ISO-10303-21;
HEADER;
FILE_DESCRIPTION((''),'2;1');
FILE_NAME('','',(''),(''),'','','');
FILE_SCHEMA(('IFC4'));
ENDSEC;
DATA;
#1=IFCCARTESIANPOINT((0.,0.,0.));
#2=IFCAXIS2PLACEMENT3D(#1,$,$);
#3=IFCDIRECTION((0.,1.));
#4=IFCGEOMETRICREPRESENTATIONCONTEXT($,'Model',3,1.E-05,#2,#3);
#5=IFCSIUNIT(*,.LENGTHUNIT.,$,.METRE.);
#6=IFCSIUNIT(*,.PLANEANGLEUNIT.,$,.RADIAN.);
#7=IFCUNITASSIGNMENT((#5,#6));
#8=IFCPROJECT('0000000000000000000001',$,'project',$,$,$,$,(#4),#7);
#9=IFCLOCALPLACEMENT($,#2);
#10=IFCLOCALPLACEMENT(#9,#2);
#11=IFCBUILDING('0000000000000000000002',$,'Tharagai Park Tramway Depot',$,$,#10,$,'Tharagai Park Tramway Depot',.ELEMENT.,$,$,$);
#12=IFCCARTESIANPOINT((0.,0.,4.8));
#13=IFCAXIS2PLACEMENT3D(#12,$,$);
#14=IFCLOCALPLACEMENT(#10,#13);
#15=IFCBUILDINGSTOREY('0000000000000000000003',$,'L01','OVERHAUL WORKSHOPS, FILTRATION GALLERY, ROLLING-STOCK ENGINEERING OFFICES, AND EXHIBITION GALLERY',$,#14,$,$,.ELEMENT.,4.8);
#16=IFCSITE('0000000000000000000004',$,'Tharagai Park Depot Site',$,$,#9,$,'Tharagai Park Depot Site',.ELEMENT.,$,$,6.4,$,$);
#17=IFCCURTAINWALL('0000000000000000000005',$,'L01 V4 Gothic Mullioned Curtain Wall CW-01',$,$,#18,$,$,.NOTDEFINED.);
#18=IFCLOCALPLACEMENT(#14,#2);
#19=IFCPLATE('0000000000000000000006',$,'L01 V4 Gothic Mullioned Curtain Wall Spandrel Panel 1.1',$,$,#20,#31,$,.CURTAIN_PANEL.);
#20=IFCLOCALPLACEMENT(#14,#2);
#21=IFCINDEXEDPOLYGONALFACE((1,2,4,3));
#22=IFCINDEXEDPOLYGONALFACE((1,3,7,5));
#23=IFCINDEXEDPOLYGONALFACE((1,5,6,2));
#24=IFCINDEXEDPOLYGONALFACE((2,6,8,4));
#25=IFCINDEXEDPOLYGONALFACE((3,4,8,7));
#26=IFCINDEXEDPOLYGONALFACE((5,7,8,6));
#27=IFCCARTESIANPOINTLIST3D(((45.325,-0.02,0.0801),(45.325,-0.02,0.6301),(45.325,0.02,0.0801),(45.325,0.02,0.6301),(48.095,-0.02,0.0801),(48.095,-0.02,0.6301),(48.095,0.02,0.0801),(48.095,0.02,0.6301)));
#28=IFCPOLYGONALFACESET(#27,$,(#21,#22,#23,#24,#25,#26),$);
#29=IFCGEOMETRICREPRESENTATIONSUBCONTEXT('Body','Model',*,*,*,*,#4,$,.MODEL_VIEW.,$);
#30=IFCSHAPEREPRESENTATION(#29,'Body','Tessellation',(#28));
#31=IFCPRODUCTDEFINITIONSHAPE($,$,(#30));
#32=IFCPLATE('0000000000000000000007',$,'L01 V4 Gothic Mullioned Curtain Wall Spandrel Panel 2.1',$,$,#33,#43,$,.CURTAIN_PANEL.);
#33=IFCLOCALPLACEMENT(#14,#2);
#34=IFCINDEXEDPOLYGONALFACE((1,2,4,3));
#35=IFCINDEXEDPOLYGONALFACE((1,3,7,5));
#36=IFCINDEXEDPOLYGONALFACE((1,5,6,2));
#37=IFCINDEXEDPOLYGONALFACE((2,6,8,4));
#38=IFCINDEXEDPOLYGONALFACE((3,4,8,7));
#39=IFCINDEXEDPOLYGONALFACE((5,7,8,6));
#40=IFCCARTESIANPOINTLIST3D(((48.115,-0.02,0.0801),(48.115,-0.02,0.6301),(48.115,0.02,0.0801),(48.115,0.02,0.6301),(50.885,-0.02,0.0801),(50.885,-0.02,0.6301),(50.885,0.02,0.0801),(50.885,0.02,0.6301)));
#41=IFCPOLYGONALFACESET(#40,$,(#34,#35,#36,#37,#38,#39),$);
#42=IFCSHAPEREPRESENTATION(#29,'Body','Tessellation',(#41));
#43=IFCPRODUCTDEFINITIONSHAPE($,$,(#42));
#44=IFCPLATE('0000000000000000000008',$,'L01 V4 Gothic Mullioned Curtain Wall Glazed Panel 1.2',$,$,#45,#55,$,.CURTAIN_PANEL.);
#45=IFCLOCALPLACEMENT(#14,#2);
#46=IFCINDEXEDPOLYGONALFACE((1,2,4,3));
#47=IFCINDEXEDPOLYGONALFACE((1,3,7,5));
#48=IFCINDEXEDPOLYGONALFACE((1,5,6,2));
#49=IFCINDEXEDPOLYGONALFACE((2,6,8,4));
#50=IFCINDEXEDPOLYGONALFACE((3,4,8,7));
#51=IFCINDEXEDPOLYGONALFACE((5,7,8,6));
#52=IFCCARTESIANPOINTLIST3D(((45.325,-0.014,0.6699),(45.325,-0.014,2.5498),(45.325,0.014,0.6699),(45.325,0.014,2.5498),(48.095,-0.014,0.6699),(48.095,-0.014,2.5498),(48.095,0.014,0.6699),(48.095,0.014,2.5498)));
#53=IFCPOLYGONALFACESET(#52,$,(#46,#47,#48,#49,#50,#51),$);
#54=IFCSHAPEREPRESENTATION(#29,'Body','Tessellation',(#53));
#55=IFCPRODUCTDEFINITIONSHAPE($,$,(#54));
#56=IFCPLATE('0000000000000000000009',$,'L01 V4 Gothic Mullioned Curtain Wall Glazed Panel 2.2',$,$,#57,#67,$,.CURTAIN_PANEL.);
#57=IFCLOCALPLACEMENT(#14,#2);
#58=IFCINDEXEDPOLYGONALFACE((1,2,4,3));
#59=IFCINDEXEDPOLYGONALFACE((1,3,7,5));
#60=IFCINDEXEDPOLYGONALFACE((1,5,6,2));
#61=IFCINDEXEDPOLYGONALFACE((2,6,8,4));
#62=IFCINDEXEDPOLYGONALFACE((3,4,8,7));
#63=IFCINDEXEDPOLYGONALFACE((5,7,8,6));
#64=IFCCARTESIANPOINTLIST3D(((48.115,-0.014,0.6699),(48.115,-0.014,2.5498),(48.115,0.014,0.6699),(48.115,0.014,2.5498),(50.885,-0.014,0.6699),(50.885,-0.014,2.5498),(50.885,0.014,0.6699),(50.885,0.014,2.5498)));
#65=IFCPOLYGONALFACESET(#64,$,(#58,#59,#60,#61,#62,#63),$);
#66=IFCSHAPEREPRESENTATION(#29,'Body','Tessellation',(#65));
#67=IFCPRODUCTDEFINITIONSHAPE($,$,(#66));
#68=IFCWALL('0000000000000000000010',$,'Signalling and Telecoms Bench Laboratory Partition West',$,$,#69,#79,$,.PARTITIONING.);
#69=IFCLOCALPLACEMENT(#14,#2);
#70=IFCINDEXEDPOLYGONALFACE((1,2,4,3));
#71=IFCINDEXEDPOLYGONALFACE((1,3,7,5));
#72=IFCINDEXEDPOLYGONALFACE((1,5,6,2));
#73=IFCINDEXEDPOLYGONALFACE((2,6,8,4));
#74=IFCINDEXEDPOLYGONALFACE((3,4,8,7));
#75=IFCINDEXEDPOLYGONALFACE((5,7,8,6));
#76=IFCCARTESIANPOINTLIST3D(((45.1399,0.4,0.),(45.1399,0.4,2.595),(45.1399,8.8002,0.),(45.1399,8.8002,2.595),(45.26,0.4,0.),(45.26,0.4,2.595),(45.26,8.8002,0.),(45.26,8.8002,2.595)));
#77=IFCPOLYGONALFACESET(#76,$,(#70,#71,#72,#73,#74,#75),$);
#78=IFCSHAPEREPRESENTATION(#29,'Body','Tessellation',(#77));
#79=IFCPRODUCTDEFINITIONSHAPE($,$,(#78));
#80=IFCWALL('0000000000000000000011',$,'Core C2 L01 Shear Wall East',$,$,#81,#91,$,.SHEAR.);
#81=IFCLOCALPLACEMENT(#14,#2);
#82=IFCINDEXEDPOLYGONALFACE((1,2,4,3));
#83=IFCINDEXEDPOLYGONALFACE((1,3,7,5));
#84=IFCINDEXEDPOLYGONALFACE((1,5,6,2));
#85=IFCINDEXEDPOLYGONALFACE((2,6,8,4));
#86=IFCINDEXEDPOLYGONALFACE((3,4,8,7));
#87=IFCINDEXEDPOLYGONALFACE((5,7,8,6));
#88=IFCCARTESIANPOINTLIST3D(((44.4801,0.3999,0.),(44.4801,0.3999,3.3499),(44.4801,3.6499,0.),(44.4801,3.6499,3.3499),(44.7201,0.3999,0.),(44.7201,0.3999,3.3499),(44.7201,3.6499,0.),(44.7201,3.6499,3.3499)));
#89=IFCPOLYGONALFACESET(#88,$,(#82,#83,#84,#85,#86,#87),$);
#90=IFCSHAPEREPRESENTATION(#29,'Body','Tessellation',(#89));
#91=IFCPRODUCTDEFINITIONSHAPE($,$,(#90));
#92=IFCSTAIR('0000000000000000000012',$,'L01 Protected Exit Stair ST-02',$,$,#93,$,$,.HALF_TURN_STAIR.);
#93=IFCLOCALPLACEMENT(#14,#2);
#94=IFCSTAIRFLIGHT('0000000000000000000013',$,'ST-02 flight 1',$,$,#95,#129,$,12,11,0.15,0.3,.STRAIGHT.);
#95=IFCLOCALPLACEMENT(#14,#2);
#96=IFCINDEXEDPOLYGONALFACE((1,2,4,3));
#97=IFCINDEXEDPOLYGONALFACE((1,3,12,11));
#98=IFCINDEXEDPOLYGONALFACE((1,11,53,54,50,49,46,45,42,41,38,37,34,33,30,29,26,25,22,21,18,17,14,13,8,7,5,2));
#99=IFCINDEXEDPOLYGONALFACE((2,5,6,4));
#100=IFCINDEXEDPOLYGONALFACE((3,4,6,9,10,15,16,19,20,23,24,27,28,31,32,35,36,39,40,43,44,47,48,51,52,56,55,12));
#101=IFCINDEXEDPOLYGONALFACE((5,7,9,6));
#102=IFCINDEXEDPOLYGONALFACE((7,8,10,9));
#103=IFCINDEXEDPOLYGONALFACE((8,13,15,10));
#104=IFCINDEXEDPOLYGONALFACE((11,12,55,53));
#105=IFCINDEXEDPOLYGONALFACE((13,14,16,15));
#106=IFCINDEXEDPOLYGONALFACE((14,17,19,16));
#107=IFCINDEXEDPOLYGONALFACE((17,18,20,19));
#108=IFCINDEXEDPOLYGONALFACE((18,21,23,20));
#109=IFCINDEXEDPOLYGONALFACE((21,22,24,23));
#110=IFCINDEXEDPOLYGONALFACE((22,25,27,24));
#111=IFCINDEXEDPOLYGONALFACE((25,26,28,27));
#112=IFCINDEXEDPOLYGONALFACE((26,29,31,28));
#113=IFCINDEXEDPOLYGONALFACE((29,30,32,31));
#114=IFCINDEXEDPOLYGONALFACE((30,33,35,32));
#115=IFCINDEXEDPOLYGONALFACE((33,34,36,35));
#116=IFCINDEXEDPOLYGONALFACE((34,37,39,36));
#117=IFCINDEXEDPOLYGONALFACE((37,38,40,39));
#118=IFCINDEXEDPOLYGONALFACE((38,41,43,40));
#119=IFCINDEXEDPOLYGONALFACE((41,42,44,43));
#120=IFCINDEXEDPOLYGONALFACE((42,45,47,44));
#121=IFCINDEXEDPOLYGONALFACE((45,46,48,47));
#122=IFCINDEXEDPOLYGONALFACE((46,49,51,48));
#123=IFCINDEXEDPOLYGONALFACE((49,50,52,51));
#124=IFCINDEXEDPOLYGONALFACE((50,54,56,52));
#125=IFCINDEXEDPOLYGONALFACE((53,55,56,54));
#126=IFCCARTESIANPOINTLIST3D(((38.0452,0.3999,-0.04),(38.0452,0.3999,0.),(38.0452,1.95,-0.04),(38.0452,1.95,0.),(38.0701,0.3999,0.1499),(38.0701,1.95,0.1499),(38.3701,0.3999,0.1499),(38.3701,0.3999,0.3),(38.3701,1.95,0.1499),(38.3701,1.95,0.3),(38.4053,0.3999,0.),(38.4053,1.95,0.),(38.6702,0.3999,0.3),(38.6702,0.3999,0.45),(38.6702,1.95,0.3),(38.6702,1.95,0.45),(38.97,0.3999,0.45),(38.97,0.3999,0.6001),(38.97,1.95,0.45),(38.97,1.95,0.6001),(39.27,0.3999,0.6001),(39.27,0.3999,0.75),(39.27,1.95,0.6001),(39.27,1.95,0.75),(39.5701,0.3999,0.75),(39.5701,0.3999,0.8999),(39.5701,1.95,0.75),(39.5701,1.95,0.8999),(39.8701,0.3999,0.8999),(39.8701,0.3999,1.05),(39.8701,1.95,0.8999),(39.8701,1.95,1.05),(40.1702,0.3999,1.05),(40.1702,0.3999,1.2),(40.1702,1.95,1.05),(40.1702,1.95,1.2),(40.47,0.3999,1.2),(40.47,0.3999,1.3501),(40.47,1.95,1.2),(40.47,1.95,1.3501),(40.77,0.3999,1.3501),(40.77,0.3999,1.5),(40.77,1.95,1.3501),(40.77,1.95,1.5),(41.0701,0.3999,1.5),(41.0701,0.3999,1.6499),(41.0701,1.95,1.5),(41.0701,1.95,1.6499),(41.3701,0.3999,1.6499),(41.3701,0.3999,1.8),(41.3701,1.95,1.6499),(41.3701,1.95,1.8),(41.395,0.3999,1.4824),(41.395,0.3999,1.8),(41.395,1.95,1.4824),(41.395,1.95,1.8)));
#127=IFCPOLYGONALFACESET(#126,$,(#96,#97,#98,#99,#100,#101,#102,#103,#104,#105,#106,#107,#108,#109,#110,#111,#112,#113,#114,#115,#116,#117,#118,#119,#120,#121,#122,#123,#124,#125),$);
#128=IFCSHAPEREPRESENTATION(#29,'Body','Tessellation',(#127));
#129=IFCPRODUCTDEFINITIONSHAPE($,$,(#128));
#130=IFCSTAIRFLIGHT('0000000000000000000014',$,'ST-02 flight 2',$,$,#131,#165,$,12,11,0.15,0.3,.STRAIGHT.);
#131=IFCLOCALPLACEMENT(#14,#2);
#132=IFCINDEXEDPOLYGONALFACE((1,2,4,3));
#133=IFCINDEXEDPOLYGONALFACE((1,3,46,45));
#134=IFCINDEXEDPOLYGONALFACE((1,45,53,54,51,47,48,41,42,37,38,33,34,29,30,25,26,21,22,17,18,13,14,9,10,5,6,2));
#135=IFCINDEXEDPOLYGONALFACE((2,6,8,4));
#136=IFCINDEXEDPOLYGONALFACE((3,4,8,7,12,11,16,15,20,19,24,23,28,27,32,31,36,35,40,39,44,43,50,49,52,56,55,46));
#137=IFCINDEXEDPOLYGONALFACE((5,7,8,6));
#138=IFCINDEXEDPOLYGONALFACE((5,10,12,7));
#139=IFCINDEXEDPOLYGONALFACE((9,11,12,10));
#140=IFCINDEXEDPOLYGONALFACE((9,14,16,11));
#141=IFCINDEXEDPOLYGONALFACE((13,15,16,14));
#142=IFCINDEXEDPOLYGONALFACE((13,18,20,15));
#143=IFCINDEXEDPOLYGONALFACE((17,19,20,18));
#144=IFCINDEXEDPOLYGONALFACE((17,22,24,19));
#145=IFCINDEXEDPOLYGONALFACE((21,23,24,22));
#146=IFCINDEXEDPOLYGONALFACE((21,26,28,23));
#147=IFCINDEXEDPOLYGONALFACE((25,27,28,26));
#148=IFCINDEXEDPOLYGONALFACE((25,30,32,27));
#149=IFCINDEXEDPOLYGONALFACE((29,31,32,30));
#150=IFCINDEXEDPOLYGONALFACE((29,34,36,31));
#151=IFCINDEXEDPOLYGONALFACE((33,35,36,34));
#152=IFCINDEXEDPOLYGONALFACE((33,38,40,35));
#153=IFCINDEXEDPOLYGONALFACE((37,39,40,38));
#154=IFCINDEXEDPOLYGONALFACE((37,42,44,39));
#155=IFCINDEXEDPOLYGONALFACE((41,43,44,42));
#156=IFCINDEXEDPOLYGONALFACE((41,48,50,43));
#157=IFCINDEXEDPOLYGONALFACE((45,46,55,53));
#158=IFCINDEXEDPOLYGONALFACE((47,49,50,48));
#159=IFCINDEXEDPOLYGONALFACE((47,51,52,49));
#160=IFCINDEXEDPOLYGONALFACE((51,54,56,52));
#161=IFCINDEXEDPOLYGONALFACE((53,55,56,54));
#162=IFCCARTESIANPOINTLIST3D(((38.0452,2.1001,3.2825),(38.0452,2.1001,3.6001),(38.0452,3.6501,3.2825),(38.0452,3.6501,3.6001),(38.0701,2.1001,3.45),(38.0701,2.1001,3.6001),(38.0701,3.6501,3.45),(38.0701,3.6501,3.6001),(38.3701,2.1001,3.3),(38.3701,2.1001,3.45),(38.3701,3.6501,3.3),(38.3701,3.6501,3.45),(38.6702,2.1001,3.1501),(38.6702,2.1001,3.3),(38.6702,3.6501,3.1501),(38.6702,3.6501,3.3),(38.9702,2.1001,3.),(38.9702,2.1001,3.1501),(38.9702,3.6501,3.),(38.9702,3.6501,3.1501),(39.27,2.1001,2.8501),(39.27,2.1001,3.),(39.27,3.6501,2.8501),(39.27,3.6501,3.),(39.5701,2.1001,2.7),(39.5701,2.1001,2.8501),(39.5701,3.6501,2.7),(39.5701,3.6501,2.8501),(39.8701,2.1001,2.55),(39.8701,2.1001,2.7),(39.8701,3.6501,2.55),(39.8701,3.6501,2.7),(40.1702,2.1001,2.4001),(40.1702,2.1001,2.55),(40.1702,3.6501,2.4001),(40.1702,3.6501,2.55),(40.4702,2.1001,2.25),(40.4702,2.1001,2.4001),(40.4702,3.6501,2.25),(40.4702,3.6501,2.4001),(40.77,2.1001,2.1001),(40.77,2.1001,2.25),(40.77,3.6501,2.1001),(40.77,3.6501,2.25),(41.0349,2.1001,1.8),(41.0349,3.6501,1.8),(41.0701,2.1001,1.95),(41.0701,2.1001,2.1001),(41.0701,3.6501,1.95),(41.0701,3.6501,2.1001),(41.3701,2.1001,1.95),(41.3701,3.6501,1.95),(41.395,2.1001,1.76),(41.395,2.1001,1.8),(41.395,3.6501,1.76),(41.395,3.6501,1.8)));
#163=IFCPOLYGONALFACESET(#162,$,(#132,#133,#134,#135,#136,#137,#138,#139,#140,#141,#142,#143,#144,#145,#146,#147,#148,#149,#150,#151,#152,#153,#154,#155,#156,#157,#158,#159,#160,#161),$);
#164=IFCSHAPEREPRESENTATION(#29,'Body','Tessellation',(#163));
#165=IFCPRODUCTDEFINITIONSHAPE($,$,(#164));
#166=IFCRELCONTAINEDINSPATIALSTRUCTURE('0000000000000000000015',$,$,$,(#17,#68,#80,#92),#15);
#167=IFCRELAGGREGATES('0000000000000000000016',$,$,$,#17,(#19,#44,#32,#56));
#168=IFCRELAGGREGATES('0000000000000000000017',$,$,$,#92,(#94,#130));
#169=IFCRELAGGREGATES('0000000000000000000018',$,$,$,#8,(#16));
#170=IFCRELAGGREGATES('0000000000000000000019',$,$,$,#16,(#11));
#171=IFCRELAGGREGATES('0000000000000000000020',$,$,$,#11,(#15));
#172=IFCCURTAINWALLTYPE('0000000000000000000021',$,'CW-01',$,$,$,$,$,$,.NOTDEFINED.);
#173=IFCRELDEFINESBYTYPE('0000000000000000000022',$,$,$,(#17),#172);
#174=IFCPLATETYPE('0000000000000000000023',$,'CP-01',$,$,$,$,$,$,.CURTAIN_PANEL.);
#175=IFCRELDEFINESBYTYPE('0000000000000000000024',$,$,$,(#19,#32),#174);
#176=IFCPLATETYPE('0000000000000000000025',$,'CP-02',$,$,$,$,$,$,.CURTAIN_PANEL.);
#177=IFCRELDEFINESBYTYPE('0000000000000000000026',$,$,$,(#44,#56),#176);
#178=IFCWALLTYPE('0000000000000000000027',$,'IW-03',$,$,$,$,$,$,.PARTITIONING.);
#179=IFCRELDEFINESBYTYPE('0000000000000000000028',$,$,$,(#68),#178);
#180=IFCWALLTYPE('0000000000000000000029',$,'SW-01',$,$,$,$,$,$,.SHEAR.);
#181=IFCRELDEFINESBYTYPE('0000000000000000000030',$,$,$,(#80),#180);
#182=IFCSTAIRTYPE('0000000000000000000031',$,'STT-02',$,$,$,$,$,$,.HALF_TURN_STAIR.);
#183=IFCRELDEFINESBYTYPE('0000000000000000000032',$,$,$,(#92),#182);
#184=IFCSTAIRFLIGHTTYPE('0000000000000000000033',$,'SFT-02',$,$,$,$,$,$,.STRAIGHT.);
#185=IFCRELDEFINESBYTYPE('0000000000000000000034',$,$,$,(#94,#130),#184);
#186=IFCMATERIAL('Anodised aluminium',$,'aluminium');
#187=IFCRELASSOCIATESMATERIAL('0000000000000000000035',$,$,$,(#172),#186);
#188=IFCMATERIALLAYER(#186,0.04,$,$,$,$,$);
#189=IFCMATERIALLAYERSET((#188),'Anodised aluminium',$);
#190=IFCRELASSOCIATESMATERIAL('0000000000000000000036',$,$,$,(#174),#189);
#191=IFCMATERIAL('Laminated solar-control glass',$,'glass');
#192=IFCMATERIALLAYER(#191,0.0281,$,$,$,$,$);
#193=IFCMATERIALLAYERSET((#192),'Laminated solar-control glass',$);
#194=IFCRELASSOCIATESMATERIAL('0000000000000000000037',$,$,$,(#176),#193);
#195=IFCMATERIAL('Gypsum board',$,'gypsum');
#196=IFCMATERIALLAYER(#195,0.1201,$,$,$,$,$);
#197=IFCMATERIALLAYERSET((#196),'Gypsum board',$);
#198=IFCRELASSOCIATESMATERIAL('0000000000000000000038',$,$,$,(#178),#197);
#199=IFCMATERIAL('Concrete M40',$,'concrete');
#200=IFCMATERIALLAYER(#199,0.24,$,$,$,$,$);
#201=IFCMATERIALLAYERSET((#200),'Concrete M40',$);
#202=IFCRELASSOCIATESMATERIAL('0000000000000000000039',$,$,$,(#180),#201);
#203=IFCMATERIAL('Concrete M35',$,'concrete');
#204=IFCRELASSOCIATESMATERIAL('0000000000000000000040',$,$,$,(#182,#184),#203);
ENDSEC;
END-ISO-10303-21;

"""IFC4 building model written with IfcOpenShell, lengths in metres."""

from ifc_helpers import new_model, si_unit, direction, frame, frame_2d, origin, origin_2d, place, context, subcontext, project, spatial, polyline, rectangle, outline, extrude, material, layer, layer_set, type_object, element, aggregate, save


model = new_model("IFC4")

# Units and contexts
model_context = context("Model", 3, precision=1e-05, world=origin(), true_north=direction((0.0, 1.0)))
body_context = subcontext(model_context, "Body", "Model", "MODEL_VIEW")
ifc_project = project(units=[si_unit("LENGTHUNIT", "METRE"), si_unit("PLANEANGLEUNIT", "RADIAN")], contexts=[model_context])

# Site, building, storey
site_placement = place(None, origin())
site = spatial("IfcSite", under=ifc_project, at=site_placement, Name="Tharagai Park Depot Site", LongName="Tharagai Park Depot Site", CompositionType="ELEMENT", RefElevation=6.4)
building_placement = place(site_placement, origin())
building = spatial("IfcBuilding", under=site, at=building_placement, Name="Tharagai Park Tramway Depot", LongName="Tharagai Park Tramway Depot", CompositionType="ELEMENT")
storey_placement = place(building_placement, frame((0.0, 0.0, 4.8)))
storey = spatial("IfcBuildingStorey", under=building, at=storey_placement, Name="L01", Description="OVERHAUL WORKSHOPS, FILTRATION GALLERY, ROLLING-STOCK ENGINEERING OFFICES, AND EXHIBITION GALLERY", CompositionType="ELEMENT", Elevation=4.8)

# Shared definitions
ifc_material_1 = material(Name="Concrete M40", Category="concrete")

# Shared definitions
ifc_material_2 = material(Name="Concrete M35", Category="concrete")

# Curtain wall
ifc_material_3 = material(Name="Anodised aluminium", Category="aluminium")
curtain_wall_type = type_object("IfcCurtainWallType", Name="CW-01", PredefinedType="NOTDEFINED", material=ifc_material_3)
curtain_wall_placement = place(storey_placement, origin())
curtain_wall = element("IfcCurtainWall", 1, at=curtain_wall_placement, inside=storey, type_object=curtain_wall_type, Name="L01 V4 Gothic Mullioned Curtain Wall CW-01", PredefinedType="NOTDEFINED")

# Plates
ifc_layer_1 = layer(ifc_material_3, 0.04)
ifc_layer_set_1 = layer_set([ifc_layer_1], Name="Anodised aluminium")
plate_type_1 = type_object("IfcPlateType", Name="CP-01", PredefinedType="CURTAIN_PANEL", material=ifc_layer_set_1)
plate_1_placement = place(storey_placement, frame((46.71, 0.0, 0.0801), z_axis=(0.0, 0.0, 1.0), x_axis=(1.0, 0.0, 0.0)))
plate_1 = element("IfcPlate", 2, at=plate_1_placement, type_object=plate_type_1, Name="L01 V4 Gothic Mullioned Curtain Wall Spandrel Panel 1.1", PredefinedType="CURTAIN_PANEL", context=body_context, shape_type="SweptSolid", body=[
    extrude(rectangle(XDim=2.77, YDim=0.04, at=origin_2d()), origin(), (0.0, 0.0, 1.0), 0.55),
])
plate_2_placement = place(storey_placement, frame((49.5, 0.0, 0.0801), z_axis=(0.0, 0.0, 1.0), x_axis=(1.0, 0.0, 0.0)))
plate_2 = element("IfcPlate", 3, at=plate_2_placement, type_object=plate_type_1, Name="L01 V4 Gothic Mullioned Curtain Wall Spandrel Panel 2.1", PredefinedType="CURTAIN_PANEL", context=body_context, shape_type="SweptSolid", body=[
    extrude(rectangle(XDim=2.77, YDim=0.04, at=origin_2d()), origin(), (0.0, 0.0, 1.0), 0.55),
])
ifc_material_4 = material(Name="Laminated solar-control glass", Category="glass")
ifc_layer_2 = layer(ifc_material_4, 0.0281)
ifc_layer_set_2 = layer_set([ifc_layer_2], Name="Laminated solar-control glass")
plate_type_2 = type_object("IfcPlateType", Name="CP-02", PredefinedType="CURTAIN_PANEL", material=ifc_layer_set_2)
plate_3_placement = place(storey_placement, frame((46.71, 0.0, 0.6699), z_axis=(0.0, 0.0, 1.0), x_axis=(1.0, 0.0, 0.0)))
plate_3 = element("IfcPlate", 4, at=plate_3_placement, type_object=plate_type_2, Name="L01 V4 Gothic Mullioned Curtain Wall Glazed Panel 1.2", PredefinedType="CURTAIN_PANEL", context=body_context, shape_type="SweptSolid", body=[
    extrude(rectangle(XDim=2.77, YDim=0.0281, at=origin_2d()), origin(), (0.0, 0.0, 1.0), 1.8799),
])
plate_4_placement = place(storey_placement, frame((49.5, 0.0, 0.6699), z_axis=(0.0, 0.0, 1.0), x_axis=(1.0, 0.0, 0.0)))
plate_4 = element("IfcPlate", 5, at=plate_4_placement, type_object=plate_type_2, Name="L01 V4 Gothic Mullioned Curtain Wall Glazed Panel 2.2", PredefinedType="CURTAIN_PANEL", context=body_context, shape_type="SweptSolid", body=[
    extrude(rectangle(XDim=2.77, YDim=0.0281, at=origin_2d()), origin(), (0.0, 0.0, 1.0), 1.8799),
])
aggregate(curtain_wall, [plate_1, plate_3, plate_2, plate_4])

# Walls
ifc_material_5 = material(Name="Gypsum board", Category="gypsum")
ifc_layer_3 = layer(ifc_material_5, 0.1201)
ifc_layer_set_3 = layer_set([ifc_layer_3], Name="Gypsum board")
wall_type_1 = type_object("IfcWallType", Name="IW-03", PredefinedType="PARTITIONING", material=ifc_layer_set_3)
wall_1_placement = place(storey_placement, frame((45.2, 0.3999, 0.0), z_axis=(0.0, 0.0, 1.0), x_axis=(0.0, 1.0, 0.0)))
element("IfcWall", 6, at=wall_1_placement, inside=storey, type_object=wall_type_1, Name="Signalling and Telecoms Bench Laboratory Partition West", PredefinedType="PARTITIONING", context=body_context, shape_type="SweptSolid", body=[
    extrude(rectangle(XDim=8.4001, YDim=0.1201, at=frame_2d((4.2002, 0.0))), origin(), (0.0, 0.0, 1.0), 2.595),
])
ifc_layer_4 = layer(ifc_material_1, 0.24)
ifc_layer_set_4 = layer_set([ifc_layer_4], Name="Concrete M40")
wall_type_2 = type_object("IfcWallType", Name="SW-01", PredefinedType="SHEAR", material=ifc_layer_set_4)
wall_2_placement = place(storey_placement, frame((44.6001, 0.3999, 0.0), z_axis=(0.0, 0.0, 1.0), x_axis=(0.0, 1.0, 0.0)))
element("IfcWall", 7, at=wall_2_placement, inside=storey, type_object=wall_type_2, Name="Core C2 L01 Shear Wall East", PredefinedType="SHEAR", context=body_context, shape_type="SweptSolid", body=[
    extrude(rectangle(XDim=3.25, YDim=0.24, at=frame_2d((1.625, 0.0))), origin(), (0.0, 0.0, 1.0), 3.3499),
])

# Stair, stair flights
stair_type = type_object("IfcStairType", Name="STT-02", PredefinedType="HALF_TURN_STAIR", material=ifc_material_2)
stair_placement = place(storey_placement, origin())
stair = element("IfcStair", 8, at=stair_placement, inside=storey, type_object=stair_type, Name="L01 Protected Exit Stair ST-02", PredefinedType="HALF_TURN_STAIR")
stair_flight_type = type_object("IfcStairFlightType", Name="SFT-02", PredefinedType="STRAIGHT", material=ifc_material_2)
stair_flight_1_placement = place(storey_placement, frame((38.0701, 1.175, 0.0), z_axis=(0.0, 0.0, 1.0), x_axis=(1.0, 0.0, 0.0)))
stair_flight_1 = element("IfcStairFlight", 9, at=stair_flight_1_placement, type_object=stair_flight_type, Name="ST-02 flight 1", NumberOfRisers=12, NumberOfTreads=11, PredefinedType="STRAIGHT", RiserHeight=0.15, TreadLength=0.3, context=body_context, shape_type="SweptSolid", body=[
    extrude(outline(polyline([(-0.0249, 0.0), (0.0, 0.1499), (0.3, 0.1499), (0.3, 0.3), (0.6001, 0.3), (0.6001, 0.45), (0.8999, 0.45), (0.8999, 0.6001), (1.2, 0.6001), (1.2, 0.75), (1.5, 0.75), (1.5, 0.8999), (1.8, 0.8999), (1.8, 1.05), (2.1001, 1.05), (2.1001, 1.2), (2.3999, 1.2), (2.3999, 1.3501), (2.7, 1.3501), (2.7, 1.5), (3.0, 1.5), (3.0, 1.6499), (3.3, 1.6499), (3.3, 1.8), (3.325, 1.8), (3.325, 1.4824), (0.3352, 0.0), (-0.0249, -0.04), (-0.0249, 0.0)])), frame((0.0, 0.7749, 0.0), z_axis=(0.0, -1.0, 0.0), x_axis=(1.0, 0.0, 0.0)), (0.0, 0.0, 1.0), 1.55),
])
stair_flight_2_placement = place(storey_placement, frame((41.3701, 2.875, 1.8), z_axis=(0.0, 0.0, 1.0), x_axis=(-1.0, 0.0, 0.0)))
stair_flight_2 = element("IfcStairFlight", 10, at=stair_flight_2_placement, type_object=stair_flight_type, Name="ST-02 flight 2", NumberOfRisers=12, NumberOfTreads=11, PredefinedType="STRAIGHT", RiserHeight=0.15, TreadLength=0.3, context=body_context, shape_type="SweptSolid", body=[
    extrude(outline(polyline([(-0.0249, 0.0), (0.0, 0.1499), (0.3, 0.1499), (0.3, 0.3), (0.6001, 0.3), (0.6001, 0.45), (0.8999, 0.45), (0.8999, 0.6001), (1.2, 0.6001), (1.2, 0.75), (1.5, 0.75), (1.5, 0.8999), (1.8, 0.8999), (1.8, 1.05), (2.1001, 1.05), (2.1001, 1.2), (2.3999, 1.2), (2.3999, 1.3501), (2.7, 1.3501), (2.7, 1.5), (3.0, 1.5), (3.0, 1.6499), (3.3, 1.6499), (3.3, 1.8), (3.325, 1.8), (3.325, 1.4824), (0.3352, 0.0), (-0.0249, -0.04), (-0.0249, 0.0)])), frame((0.0, 0.7749, 0.0), z_axis=(0.0, -1.0, 0.0), x_axis=(1.0, 0.0, 0.0)), (0.0, 0.0, 1.0), 1.55),
])
aggregate(stair, [stair_flight_1, stair_flight_2])

save(model, "model.ifc")
